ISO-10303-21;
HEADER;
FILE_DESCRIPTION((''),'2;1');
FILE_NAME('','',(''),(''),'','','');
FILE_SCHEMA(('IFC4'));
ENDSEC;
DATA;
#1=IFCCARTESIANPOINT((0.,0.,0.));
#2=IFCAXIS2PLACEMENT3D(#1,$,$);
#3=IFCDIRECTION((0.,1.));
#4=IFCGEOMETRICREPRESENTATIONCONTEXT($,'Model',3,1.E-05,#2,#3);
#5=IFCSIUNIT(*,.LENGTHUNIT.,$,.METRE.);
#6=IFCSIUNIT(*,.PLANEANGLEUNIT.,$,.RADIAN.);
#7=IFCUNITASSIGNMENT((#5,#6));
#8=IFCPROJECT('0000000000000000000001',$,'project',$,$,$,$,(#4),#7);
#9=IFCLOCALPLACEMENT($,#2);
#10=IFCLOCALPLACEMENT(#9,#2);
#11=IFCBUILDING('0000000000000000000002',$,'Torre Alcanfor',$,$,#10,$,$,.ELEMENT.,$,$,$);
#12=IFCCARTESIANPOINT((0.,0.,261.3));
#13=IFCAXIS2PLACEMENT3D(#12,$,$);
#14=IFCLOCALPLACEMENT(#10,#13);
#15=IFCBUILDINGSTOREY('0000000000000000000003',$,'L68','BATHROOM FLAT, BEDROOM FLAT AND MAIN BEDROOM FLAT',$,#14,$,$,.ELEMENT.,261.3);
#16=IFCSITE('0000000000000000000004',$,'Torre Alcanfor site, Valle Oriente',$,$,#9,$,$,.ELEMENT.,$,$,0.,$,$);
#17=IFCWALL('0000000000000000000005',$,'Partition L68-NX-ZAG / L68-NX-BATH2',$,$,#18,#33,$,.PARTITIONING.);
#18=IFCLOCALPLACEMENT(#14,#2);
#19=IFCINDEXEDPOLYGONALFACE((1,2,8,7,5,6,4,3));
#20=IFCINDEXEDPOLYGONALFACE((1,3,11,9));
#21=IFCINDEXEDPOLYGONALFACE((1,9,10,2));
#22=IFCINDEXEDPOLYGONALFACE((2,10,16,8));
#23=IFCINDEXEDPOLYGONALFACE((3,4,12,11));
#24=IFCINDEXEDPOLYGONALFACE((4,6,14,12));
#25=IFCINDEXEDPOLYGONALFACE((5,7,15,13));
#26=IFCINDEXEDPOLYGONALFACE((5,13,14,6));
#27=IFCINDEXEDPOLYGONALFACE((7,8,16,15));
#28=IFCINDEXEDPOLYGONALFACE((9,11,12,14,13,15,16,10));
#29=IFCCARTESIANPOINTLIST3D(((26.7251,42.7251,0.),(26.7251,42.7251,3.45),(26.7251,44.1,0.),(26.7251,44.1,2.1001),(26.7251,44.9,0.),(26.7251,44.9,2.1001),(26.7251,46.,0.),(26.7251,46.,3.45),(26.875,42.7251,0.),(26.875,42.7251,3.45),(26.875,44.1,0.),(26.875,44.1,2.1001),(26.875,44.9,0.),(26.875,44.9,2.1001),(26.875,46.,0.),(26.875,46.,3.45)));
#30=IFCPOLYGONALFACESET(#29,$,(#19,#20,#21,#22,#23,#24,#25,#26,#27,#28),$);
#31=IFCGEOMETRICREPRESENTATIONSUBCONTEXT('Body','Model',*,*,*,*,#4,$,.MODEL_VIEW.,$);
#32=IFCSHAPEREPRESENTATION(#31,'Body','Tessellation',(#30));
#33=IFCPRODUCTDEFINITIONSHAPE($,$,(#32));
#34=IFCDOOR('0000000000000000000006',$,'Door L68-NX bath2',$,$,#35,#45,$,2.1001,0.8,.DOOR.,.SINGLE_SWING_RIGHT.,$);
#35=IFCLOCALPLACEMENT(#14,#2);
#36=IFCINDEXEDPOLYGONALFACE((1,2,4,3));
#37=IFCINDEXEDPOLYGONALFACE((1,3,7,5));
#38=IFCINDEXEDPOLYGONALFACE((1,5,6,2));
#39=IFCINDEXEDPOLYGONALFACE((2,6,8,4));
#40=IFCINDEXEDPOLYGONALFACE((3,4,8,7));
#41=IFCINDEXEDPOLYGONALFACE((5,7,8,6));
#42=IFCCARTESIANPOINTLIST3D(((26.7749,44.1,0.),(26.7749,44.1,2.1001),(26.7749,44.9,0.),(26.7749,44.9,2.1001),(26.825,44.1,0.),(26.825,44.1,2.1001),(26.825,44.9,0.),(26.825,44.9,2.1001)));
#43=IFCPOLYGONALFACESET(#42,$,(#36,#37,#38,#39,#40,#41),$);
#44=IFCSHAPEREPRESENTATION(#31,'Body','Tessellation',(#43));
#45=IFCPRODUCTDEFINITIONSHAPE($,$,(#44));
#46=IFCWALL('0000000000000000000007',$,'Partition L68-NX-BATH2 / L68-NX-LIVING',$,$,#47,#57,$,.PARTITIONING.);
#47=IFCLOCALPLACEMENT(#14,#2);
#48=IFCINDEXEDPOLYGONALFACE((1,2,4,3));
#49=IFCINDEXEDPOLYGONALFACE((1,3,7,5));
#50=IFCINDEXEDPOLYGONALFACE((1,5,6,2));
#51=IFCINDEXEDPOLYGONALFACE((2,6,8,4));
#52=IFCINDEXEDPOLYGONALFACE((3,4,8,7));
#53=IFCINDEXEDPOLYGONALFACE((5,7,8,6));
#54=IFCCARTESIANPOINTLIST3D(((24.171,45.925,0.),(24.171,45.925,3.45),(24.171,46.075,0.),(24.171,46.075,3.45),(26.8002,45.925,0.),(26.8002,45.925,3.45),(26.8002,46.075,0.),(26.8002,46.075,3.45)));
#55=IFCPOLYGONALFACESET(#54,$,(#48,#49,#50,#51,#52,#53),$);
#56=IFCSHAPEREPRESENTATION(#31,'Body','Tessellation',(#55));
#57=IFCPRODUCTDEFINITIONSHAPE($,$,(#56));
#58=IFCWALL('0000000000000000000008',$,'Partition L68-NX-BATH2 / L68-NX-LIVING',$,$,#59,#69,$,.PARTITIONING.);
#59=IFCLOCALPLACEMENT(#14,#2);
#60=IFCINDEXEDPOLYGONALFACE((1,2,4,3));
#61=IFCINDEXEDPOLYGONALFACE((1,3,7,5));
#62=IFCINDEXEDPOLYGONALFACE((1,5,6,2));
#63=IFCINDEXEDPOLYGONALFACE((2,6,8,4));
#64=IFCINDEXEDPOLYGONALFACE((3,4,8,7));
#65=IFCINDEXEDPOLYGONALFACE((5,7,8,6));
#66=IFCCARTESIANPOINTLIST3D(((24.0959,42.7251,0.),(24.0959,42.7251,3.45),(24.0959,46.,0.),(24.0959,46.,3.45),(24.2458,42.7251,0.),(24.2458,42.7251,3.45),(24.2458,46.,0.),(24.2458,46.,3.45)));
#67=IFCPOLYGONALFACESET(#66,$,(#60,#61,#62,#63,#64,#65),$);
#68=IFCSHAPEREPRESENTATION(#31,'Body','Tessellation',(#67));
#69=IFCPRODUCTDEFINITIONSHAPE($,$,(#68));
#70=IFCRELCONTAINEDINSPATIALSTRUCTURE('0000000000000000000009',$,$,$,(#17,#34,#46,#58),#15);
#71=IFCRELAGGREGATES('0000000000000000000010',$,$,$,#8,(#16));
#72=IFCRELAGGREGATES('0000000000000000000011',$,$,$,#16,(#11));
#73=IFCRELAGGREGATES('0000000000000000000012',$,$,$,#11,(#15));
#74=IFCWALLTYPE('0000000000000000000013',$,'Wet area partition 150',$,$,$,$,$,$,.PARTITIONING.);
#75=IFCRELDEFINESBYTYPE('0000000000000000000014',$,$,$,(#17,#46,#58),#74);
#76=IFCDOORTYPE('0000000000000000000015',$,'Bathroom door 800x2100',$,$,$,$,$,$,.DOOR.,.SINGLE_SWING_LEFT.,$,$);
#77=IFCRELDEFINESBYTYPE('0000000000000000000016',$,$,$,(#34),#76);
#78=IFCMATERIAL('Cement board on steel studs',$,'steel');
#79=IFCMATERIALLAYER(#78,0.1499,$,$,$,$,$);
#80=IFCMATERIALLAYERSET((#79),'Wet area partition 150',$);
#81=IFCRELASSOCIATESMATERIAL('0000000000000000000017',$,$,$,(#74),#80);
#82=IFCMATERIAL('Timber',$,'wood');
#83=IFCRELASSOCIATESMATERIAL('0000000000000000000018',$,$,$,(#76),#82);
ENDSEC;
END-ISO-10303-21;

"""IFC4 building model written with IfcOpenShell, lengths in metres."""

from ifc_helpers import new_model, si_unit, direction, frame, frame_2d, origin, place, context, subcontext, project, spatial, rectangle, extrude, material, layer, layer_set, type_object, element, fill, save


model = new_model("IFC4")

# Units and contexts
model_context = context("Model", 3, precision=1e-05, world=origin(), true_north=direction((0.0, 1.0)))
body_context = subcontext(model_context, "Body", "Model", "MODEL_VIEW")
ifc_project = project(units=[si_unit("LENGTHUNIT", "METRE"), si_unit("PLANEANGLEUNIT", "RADIAN")], contexts=[model_context])

# Site, building, storey
site_placement = place(None, origin())
site = spatial("IfcSite", under=ifc_project, at=site_placement, Name="Torre Alcanfor site, Valle Oriente", CompositionType="ELEMENT", RefElevation=0.0)
building_placement = place(site_placement, origin())
building = spatial("IfcBuilding", under=site, at=building_placement, Name="Torre Alcanfor", CompositionType="ELEMENT")
storey_placement = place(building_placement, frame((0.0, 0.0, 261.3)))
storey = spatial("IfcBuildingStorey", under=building, at=storey_placement, Name="L68", Description="BATHROOM FLAT, BEDROOM FLAT AND MAIN BEDROOM FLAT", CompositionType="ELEMENT", Elevation=261.3)

# Wall, opening, door
ifc_material_1 = material(Name="Cement board on steel studs", Category="steel")
ifc_layer_1 = layer(ifc_material_1, 0.1499)
ifc_layer_set_1 = layer_set([ifc_layer_1], Name="Wet area partition 150")
wall_type_1 = type_object("IfcWallType", Name="Wet area partition 150", PredefinedType="PARTITIONING", material=ifc_layer_set_1)
wall_1_placement = place(storey_placement, frame((26.8, 46.0, 0.0), z_axis=(0.0, 0.0, 1.0), x_axis=(0.0, -1.0, 0.0)))
wall_1 = element("IfcWall", 1, at=wall_1_placement, inside=storey, type_object=wall_type_1, Name="Partition L68-NX-ZAG / L68-NX-BATH2", PredefinedType="PARTITIONING", context=body_context, shape_type="SweptSolid", body=[
    extrude(rectangle(XDim=3.2749, YDim=0.1499, at=frame_2d((1.6375, 0.0))), origin(), (0.0, 0.0, 1.0), 3.45),
])
opening_1_placement = place(wall_1_placement, frame((1.1001, 0.0, 0.0)))
opening_1 = element("IfcOpeningElement", 2, at=opening_1_placement, cuts=wall_1, PredefinedType="OPENING", context=body_context, shape_type="SweptSolid", body=[
    extrude(rectangle(XDim=0.8, YDim=2.1001, at=frame_2d((0.3999, 1.05))), frame((0.0, 0.085, 0.0), z_axis=(0.0, -1.0, 0.0), x_axis=(1.0, 0.0, 0.0)), (0.0, 0.0, 1.0), 0.1699),
])
ifc_material_2 = material(Name="Timber", Category="wood")
door_type_1 = type_object("IfcDoorType", Name="Bathroom door 800x2100", OperationType="SINGLE_SWING_LEFT", PredefinedType="DOOR", material=ifc_material_2)
door_1_placement = place(opening_1_placement, frame((0.8, 0.0, 0.0), z_axis=(0.0, 0.0, 1.0), x_axis=(-1.0, 0.0, 0.0)))
door_1 = element("IfcDoor", 3, at=door_1_placement, inside=storey, type_object=door_type_1, Name="Door L68-NX bath2", OperationType="SINGLE_SWING_RIGHT", OverallHeight=2.1001, OverallWidth=0.8, PredefinedType="DOOR", context=body_context, shape_type="SweptSolid", body=[
    extrude(rectangle(XDim=0.8, YDim=2.1001, at=frame_2d((0.4001, 1.05))), frame((0.0, 0.0251, 0.0), z_axis=(0.0, -1.0, 0.0), x_axis=(1.0, 0.0, 0.0)), (0.0, 0.0, 1.0), 0.05),
])
fill(opening_1, door_1)

# Walls
wall_2_placement = place(storey_placement, frame((26.8, 46.0, 0.0), z_axis=(0.0, 0.0, 1.0), x_axis=(-1.0, 0.0, 0.0)))
element("IfcWall", 4, at=wall_2_placement, inside=storey, type_object=wall_type_1, Name="Partition L68-NX-BATH2 / L68-NX-LIVING", PredefinedType="PARTITIONING", context=body_context, shape_type="SweptSolid", body=[
    extrude(rectangle(XDim=2.6292, YDim=0.1499, at=frame_2d((1.3145, 0.0))), origin(), (0.0, 0.0, 1.0), 3.45),
])
wall_3_placement = place(storey_placement, frame((24.1709, 46.0, 0.0), z_axis=(0.0, 0.0, 1.0), x_axis=(0.0, -1.0, 0.0)))
element("IfcWall", 5, at=wall_3_placement, inside=storey, type_object=wall_type_1, Name="Partition L68-NX-BATH2 / L68-NX-LIVING", PredefinedType="PARTITIONING", context=body_context, shape_type="SweptSolid", body=[
    extrude(rectangle(XDim=3.2749, YDim=0.1499, at=frame_2d((1.6375, 0.0))), origin(), (0.0, 0.0, 1.0), 3.45),
])

save(model, "model.ifc")
